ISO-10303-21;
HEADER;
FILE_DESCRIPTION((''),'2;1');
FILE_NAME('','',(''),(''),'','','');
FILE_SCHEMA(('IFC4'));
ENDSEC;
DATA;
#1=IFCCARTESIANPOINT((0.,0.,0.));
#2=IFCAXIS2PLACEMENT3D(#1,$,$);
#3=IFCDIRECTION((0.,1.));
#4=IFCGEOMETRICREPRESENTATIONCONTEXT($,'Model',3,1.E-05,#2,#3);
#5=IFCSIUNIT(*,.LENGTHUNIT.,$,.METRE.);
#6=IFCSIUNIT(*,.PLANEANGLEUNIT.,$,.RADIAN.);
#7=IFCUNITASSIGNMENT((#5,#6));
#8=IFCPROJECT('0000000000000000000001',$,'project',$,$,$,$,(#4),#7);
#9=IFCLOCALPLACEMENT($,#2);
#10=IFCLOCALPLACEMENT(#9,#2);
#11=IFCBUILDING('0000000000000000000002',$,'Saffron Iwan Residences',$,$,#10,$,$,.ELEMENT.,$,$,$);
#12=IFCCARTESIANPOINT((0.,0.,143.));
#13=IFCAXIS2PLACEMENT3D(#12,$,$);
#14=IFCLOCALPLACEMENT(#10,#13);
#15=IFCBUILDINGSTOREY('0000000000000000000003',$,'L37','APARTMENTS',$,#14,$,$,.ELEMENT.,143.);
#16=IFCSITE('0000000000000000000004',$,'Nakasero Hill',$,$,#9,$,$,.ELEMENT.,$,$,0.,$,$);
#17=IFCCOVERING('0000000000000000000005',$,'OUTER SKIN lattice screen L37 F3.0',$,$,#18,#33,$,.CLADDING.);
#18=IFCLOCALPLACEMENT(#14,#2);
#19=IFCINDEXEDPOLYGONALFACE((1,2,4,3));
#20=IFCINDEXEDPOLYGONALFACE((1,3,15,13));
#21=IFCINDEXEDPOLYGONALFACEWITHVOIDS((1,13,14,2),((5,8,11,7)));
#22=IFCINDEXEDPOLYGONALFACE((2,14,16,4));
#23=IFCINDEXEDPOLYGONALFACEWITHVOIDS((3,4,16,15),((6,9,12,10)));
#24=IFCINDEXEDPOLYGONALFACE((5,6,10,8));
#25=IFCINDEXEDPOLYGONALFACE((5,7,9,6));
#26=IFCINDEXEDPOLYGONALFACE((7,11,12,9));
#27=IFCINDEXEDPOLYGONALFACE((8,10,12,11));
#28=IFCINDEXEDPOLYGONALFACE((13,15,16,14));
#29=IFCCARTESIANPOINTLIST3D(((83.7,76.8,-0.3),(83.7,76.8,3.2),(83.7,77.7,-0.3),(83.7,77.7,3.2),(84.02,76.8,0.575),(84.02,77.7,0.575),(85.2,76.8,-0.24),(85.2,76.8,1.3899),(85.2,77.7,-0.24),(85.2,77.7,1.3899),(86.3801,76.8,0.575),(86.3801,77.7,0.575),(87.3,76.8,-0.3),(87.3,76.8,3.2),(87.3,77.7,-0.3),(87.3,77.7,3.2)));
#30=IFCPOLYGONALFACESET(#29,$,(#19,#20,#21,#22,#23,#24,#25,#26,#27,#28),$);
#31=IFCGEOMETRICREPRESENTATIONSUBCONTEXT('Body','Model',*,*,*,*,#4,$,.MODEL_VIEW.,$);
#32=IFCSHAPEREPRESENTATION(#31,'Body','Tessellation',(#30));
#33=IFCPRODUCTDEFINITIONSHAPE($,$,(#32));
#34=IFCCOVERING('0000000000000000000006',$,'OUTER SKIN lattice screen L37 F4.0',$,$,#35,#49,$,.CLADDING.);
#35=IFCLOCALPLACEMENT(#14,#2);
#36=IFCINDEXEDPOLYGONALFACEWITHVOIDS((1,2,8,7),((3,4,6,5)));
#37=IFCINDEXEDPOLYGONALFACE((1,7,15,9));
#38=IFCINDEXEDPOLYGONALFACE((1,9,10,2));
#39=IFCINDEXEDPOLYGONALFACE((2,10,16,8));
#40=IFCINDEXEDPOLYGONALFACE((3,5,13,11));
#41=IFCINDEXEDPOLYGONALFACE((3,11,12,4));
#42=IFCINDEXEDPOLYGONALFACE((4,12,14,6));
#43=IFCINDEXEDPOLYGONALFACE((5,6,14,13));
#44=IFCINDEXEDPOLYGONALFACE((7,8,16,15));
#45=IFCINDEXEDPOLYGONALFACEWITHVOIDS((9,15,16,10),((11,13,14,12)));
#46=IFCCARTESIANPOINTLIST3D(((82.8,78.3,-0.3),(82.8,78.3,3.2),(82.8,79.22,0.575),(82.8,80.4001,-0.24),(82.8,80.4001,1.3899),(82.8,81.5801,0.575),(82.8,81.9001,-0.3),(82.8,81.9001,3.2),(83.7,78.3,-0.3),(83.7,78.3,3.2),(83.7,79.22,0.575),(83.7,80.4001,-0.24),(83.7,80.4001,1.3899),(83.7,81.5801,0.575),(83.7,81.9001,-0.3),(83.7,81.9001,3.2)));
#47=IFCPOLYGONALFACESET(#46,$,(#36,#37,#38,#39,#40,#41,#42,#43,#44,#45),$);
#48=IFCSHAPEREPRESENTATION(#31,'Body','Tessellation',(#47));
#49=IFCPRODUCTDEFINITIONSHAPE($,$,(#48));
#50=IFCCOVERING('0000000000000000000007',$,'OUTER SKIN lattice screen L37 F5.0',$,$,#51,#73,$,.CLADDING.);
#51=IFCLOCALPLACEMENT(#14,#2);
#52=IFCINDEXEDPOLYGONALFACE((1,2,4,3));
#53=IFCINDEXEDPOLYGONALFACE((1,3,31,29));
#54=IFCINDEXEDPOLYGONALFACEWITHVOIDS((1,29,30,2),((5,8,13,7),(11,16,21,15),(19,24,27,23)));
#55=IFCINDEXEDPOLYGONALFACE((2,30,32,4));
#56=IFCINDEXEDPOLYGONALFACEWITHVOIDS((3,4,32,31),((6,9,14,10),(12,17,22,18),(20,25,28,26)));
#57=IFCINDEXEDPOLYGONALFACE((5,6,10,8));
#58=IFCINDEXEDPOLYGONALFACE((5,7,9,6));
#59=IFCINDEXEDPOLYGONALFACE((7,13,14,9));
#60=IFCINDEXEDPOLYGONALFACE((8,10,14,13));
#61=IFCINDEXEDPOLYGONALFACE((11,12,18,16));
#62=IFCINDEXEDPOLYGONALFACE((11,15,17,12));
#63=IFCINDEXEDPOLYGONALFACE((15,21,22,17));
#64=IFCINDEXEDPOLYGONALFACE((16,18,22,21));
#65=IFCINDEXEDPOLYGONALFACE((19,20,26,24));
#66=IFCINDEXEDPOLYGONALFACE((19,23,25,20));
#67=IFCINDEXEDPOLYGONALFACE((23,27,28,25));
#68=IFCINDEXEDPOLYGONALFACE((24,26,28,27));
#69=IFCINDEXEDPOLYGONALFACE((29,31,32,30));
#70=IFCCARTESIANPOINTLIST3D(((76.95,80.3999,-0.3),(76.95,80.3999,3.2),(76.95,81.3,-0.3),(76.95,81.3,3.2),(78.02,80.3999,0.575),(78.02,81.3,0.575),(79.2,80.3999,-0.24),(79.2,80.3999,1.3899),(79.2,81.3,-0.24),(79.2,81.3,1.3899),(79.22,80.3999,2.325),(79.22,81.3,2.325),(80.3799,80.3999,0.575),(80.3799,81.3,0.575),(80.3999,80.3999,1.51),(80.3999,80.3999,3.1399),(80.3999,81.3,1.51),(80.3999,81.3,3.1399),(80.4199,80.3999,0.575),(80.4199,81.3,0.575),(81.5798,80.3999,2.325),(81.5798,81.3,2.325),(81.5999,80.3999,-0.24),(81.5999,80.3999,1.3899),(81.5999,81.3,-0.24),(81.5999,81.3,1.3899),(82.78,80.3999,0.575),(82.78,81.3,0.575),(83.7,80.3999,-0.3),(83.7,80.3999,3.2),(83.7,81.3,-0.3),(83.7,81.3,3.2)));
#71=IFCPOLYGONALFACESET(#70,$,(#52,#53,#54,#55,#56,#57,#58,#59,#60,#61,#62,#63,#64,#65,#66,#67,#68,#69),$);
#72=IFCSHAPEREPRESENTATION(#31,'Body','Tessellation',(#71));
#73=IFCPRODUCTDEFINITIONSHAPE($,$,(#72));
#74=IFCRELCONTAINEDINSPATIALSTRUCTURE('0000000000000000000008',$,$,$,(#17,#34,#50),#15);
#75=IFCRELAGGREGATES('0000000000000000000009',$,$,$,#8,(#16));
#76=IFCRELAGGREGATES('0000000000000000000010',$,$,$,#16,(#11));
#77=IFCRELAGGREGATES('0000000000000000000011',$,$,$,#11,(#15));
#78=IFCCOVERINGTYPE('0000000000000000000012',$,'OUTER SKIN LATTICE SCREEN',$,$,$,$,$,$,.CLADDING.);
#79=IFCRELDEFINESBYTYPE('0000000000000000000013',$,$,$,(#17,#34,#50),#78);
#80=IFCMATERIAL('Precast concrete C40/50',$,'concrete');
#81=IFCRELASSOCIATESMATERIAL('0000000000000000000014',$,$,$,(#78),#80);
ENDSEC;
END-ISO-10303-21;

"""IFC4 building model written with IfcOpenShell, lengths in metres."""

from ifc_helpers import new_model, si_unit, direction, frame, origin, place, context, subcontext, project, spatial, polyline, outline, extrude, material, type_object, element, save


model = new_model("IFC4")

# Units and contexts
model_context = context("Model", 3, precision=1e-05, world=origin(), true_north=direction((0.0, 1.0)))
body_context = subcontext(model_context, "Body", "Model", "MODEL_VIEW")
ifc_project = project(units=[si_unit("LENGTHUNIT", "METRE"), si_unit("PLANEANGLEUNIT", "RADIAN")], contexts=[model_context])

# Site, building, storey
site_placement = place(None, origin())
site = spatial("IfcSite", under=ifc_project, at=site_placement, Name="Nakasero Hill", CompositionType="ELEMENT", RefElevation=0.0)
building_placement = place(site_placement, origin())
building = spatial("IfcBuilding", under=site, at=building_placement, Name="Saffron Iwan Residences", CompositionType="ELEMENT")
storey_placement = place(building_placement, frame((0.0, 0.0, 143.0)))
storey = spatial("IfcBuildingStorey", under=building, at=storey_placement, Name="L37", Description="APARTMENTS", CompositionType="ELEMENT", Elevation=143.0)

# Coverings
ifc_material_1 = material(Name="Precast concrete C40/50", Category="concrete")
covering_type = type_object("IfcCoveringType", Name="OUTER SKIN LATTICE SCREEN", PredefinedType="CLADDING", material=ifc_material_1)
for number, where, z_axis, x_axis, name in (
    (1, (87.3, 76.8, -0.3), (0.0, 1.0, 0.0), (-1.0, 0.0, 0.0), "OUTER SKIN lattice screen L37 F3.0"),
    (2, (82.8, 78.3, -0.3), (1.0, 0.0, 0.0), (0.0, 1.0, 0.0), "OUTER SKIN lattice screen L37 F4.0"),
):
    element("IfcCovering", number, at=place(storey_placement, frame(where, z_axis=z_axis, x_axis=x_axis)), inside=storey, type_object=covering_type, Name=name, PredefinedType="CLADDING", context=body_context, shape_type="SweptSolid", body=[
        extrude(outline(polyline([(0.0, 0.0), (3.6001, 0.0), (3.6001, 3.5), (0.0, 3.5), (0.0, 0.0)]), holes=[polyline([(0.9199, 0.875), (2.1001, 0.0601), (3.28, 0.875), (2.1001, 1.6899), (0.9199, 0.875)])]), origin(), (0.0, 0.0, 1.0), 0.8999),
    ])
covering_1_placement = place(storey_placement, frame((83.7, 80.3999, -0.3), z_axis=(0.0, 1.0, 0.0), x_axis=(-1.0, 0.0, 0.0)))
element("IfcCovering", 3, at=covering_1_placement, inside=storey, type_object=covering_type, Name="OUTER SKIN lattice screen L37 F5.0", PredefinedType="CLADDING", context=body_context, shape_type="SweptSolid", body=[
    extrude(outline(polyline([(0.0, 0.0), (6.75, 0.0), (6.75, 3.5), (0.0, 3.5), (0.0, 0.0)]), holes=[polyline([(0.9199, 0.875), (2.1001, 0.0601), (3.28, 0.875), (2.1001, 1.6899), (0.9199, 0.875)]), polyline([(3.3201, 0.875), (4.5, 0.0601), (5.6799, 0.875), (4.5, 1.6899), (3.3201, 0.875)]), polyline([(2.1201, 2.625), (3.3, 1.8101), (4.48, 2.625), (3.3, 3.4399), (2.1201, 2.625)])]), origin(), (0.0, 0.0, 1.0), 0.9001),
])

save(model, "model.ifc")
